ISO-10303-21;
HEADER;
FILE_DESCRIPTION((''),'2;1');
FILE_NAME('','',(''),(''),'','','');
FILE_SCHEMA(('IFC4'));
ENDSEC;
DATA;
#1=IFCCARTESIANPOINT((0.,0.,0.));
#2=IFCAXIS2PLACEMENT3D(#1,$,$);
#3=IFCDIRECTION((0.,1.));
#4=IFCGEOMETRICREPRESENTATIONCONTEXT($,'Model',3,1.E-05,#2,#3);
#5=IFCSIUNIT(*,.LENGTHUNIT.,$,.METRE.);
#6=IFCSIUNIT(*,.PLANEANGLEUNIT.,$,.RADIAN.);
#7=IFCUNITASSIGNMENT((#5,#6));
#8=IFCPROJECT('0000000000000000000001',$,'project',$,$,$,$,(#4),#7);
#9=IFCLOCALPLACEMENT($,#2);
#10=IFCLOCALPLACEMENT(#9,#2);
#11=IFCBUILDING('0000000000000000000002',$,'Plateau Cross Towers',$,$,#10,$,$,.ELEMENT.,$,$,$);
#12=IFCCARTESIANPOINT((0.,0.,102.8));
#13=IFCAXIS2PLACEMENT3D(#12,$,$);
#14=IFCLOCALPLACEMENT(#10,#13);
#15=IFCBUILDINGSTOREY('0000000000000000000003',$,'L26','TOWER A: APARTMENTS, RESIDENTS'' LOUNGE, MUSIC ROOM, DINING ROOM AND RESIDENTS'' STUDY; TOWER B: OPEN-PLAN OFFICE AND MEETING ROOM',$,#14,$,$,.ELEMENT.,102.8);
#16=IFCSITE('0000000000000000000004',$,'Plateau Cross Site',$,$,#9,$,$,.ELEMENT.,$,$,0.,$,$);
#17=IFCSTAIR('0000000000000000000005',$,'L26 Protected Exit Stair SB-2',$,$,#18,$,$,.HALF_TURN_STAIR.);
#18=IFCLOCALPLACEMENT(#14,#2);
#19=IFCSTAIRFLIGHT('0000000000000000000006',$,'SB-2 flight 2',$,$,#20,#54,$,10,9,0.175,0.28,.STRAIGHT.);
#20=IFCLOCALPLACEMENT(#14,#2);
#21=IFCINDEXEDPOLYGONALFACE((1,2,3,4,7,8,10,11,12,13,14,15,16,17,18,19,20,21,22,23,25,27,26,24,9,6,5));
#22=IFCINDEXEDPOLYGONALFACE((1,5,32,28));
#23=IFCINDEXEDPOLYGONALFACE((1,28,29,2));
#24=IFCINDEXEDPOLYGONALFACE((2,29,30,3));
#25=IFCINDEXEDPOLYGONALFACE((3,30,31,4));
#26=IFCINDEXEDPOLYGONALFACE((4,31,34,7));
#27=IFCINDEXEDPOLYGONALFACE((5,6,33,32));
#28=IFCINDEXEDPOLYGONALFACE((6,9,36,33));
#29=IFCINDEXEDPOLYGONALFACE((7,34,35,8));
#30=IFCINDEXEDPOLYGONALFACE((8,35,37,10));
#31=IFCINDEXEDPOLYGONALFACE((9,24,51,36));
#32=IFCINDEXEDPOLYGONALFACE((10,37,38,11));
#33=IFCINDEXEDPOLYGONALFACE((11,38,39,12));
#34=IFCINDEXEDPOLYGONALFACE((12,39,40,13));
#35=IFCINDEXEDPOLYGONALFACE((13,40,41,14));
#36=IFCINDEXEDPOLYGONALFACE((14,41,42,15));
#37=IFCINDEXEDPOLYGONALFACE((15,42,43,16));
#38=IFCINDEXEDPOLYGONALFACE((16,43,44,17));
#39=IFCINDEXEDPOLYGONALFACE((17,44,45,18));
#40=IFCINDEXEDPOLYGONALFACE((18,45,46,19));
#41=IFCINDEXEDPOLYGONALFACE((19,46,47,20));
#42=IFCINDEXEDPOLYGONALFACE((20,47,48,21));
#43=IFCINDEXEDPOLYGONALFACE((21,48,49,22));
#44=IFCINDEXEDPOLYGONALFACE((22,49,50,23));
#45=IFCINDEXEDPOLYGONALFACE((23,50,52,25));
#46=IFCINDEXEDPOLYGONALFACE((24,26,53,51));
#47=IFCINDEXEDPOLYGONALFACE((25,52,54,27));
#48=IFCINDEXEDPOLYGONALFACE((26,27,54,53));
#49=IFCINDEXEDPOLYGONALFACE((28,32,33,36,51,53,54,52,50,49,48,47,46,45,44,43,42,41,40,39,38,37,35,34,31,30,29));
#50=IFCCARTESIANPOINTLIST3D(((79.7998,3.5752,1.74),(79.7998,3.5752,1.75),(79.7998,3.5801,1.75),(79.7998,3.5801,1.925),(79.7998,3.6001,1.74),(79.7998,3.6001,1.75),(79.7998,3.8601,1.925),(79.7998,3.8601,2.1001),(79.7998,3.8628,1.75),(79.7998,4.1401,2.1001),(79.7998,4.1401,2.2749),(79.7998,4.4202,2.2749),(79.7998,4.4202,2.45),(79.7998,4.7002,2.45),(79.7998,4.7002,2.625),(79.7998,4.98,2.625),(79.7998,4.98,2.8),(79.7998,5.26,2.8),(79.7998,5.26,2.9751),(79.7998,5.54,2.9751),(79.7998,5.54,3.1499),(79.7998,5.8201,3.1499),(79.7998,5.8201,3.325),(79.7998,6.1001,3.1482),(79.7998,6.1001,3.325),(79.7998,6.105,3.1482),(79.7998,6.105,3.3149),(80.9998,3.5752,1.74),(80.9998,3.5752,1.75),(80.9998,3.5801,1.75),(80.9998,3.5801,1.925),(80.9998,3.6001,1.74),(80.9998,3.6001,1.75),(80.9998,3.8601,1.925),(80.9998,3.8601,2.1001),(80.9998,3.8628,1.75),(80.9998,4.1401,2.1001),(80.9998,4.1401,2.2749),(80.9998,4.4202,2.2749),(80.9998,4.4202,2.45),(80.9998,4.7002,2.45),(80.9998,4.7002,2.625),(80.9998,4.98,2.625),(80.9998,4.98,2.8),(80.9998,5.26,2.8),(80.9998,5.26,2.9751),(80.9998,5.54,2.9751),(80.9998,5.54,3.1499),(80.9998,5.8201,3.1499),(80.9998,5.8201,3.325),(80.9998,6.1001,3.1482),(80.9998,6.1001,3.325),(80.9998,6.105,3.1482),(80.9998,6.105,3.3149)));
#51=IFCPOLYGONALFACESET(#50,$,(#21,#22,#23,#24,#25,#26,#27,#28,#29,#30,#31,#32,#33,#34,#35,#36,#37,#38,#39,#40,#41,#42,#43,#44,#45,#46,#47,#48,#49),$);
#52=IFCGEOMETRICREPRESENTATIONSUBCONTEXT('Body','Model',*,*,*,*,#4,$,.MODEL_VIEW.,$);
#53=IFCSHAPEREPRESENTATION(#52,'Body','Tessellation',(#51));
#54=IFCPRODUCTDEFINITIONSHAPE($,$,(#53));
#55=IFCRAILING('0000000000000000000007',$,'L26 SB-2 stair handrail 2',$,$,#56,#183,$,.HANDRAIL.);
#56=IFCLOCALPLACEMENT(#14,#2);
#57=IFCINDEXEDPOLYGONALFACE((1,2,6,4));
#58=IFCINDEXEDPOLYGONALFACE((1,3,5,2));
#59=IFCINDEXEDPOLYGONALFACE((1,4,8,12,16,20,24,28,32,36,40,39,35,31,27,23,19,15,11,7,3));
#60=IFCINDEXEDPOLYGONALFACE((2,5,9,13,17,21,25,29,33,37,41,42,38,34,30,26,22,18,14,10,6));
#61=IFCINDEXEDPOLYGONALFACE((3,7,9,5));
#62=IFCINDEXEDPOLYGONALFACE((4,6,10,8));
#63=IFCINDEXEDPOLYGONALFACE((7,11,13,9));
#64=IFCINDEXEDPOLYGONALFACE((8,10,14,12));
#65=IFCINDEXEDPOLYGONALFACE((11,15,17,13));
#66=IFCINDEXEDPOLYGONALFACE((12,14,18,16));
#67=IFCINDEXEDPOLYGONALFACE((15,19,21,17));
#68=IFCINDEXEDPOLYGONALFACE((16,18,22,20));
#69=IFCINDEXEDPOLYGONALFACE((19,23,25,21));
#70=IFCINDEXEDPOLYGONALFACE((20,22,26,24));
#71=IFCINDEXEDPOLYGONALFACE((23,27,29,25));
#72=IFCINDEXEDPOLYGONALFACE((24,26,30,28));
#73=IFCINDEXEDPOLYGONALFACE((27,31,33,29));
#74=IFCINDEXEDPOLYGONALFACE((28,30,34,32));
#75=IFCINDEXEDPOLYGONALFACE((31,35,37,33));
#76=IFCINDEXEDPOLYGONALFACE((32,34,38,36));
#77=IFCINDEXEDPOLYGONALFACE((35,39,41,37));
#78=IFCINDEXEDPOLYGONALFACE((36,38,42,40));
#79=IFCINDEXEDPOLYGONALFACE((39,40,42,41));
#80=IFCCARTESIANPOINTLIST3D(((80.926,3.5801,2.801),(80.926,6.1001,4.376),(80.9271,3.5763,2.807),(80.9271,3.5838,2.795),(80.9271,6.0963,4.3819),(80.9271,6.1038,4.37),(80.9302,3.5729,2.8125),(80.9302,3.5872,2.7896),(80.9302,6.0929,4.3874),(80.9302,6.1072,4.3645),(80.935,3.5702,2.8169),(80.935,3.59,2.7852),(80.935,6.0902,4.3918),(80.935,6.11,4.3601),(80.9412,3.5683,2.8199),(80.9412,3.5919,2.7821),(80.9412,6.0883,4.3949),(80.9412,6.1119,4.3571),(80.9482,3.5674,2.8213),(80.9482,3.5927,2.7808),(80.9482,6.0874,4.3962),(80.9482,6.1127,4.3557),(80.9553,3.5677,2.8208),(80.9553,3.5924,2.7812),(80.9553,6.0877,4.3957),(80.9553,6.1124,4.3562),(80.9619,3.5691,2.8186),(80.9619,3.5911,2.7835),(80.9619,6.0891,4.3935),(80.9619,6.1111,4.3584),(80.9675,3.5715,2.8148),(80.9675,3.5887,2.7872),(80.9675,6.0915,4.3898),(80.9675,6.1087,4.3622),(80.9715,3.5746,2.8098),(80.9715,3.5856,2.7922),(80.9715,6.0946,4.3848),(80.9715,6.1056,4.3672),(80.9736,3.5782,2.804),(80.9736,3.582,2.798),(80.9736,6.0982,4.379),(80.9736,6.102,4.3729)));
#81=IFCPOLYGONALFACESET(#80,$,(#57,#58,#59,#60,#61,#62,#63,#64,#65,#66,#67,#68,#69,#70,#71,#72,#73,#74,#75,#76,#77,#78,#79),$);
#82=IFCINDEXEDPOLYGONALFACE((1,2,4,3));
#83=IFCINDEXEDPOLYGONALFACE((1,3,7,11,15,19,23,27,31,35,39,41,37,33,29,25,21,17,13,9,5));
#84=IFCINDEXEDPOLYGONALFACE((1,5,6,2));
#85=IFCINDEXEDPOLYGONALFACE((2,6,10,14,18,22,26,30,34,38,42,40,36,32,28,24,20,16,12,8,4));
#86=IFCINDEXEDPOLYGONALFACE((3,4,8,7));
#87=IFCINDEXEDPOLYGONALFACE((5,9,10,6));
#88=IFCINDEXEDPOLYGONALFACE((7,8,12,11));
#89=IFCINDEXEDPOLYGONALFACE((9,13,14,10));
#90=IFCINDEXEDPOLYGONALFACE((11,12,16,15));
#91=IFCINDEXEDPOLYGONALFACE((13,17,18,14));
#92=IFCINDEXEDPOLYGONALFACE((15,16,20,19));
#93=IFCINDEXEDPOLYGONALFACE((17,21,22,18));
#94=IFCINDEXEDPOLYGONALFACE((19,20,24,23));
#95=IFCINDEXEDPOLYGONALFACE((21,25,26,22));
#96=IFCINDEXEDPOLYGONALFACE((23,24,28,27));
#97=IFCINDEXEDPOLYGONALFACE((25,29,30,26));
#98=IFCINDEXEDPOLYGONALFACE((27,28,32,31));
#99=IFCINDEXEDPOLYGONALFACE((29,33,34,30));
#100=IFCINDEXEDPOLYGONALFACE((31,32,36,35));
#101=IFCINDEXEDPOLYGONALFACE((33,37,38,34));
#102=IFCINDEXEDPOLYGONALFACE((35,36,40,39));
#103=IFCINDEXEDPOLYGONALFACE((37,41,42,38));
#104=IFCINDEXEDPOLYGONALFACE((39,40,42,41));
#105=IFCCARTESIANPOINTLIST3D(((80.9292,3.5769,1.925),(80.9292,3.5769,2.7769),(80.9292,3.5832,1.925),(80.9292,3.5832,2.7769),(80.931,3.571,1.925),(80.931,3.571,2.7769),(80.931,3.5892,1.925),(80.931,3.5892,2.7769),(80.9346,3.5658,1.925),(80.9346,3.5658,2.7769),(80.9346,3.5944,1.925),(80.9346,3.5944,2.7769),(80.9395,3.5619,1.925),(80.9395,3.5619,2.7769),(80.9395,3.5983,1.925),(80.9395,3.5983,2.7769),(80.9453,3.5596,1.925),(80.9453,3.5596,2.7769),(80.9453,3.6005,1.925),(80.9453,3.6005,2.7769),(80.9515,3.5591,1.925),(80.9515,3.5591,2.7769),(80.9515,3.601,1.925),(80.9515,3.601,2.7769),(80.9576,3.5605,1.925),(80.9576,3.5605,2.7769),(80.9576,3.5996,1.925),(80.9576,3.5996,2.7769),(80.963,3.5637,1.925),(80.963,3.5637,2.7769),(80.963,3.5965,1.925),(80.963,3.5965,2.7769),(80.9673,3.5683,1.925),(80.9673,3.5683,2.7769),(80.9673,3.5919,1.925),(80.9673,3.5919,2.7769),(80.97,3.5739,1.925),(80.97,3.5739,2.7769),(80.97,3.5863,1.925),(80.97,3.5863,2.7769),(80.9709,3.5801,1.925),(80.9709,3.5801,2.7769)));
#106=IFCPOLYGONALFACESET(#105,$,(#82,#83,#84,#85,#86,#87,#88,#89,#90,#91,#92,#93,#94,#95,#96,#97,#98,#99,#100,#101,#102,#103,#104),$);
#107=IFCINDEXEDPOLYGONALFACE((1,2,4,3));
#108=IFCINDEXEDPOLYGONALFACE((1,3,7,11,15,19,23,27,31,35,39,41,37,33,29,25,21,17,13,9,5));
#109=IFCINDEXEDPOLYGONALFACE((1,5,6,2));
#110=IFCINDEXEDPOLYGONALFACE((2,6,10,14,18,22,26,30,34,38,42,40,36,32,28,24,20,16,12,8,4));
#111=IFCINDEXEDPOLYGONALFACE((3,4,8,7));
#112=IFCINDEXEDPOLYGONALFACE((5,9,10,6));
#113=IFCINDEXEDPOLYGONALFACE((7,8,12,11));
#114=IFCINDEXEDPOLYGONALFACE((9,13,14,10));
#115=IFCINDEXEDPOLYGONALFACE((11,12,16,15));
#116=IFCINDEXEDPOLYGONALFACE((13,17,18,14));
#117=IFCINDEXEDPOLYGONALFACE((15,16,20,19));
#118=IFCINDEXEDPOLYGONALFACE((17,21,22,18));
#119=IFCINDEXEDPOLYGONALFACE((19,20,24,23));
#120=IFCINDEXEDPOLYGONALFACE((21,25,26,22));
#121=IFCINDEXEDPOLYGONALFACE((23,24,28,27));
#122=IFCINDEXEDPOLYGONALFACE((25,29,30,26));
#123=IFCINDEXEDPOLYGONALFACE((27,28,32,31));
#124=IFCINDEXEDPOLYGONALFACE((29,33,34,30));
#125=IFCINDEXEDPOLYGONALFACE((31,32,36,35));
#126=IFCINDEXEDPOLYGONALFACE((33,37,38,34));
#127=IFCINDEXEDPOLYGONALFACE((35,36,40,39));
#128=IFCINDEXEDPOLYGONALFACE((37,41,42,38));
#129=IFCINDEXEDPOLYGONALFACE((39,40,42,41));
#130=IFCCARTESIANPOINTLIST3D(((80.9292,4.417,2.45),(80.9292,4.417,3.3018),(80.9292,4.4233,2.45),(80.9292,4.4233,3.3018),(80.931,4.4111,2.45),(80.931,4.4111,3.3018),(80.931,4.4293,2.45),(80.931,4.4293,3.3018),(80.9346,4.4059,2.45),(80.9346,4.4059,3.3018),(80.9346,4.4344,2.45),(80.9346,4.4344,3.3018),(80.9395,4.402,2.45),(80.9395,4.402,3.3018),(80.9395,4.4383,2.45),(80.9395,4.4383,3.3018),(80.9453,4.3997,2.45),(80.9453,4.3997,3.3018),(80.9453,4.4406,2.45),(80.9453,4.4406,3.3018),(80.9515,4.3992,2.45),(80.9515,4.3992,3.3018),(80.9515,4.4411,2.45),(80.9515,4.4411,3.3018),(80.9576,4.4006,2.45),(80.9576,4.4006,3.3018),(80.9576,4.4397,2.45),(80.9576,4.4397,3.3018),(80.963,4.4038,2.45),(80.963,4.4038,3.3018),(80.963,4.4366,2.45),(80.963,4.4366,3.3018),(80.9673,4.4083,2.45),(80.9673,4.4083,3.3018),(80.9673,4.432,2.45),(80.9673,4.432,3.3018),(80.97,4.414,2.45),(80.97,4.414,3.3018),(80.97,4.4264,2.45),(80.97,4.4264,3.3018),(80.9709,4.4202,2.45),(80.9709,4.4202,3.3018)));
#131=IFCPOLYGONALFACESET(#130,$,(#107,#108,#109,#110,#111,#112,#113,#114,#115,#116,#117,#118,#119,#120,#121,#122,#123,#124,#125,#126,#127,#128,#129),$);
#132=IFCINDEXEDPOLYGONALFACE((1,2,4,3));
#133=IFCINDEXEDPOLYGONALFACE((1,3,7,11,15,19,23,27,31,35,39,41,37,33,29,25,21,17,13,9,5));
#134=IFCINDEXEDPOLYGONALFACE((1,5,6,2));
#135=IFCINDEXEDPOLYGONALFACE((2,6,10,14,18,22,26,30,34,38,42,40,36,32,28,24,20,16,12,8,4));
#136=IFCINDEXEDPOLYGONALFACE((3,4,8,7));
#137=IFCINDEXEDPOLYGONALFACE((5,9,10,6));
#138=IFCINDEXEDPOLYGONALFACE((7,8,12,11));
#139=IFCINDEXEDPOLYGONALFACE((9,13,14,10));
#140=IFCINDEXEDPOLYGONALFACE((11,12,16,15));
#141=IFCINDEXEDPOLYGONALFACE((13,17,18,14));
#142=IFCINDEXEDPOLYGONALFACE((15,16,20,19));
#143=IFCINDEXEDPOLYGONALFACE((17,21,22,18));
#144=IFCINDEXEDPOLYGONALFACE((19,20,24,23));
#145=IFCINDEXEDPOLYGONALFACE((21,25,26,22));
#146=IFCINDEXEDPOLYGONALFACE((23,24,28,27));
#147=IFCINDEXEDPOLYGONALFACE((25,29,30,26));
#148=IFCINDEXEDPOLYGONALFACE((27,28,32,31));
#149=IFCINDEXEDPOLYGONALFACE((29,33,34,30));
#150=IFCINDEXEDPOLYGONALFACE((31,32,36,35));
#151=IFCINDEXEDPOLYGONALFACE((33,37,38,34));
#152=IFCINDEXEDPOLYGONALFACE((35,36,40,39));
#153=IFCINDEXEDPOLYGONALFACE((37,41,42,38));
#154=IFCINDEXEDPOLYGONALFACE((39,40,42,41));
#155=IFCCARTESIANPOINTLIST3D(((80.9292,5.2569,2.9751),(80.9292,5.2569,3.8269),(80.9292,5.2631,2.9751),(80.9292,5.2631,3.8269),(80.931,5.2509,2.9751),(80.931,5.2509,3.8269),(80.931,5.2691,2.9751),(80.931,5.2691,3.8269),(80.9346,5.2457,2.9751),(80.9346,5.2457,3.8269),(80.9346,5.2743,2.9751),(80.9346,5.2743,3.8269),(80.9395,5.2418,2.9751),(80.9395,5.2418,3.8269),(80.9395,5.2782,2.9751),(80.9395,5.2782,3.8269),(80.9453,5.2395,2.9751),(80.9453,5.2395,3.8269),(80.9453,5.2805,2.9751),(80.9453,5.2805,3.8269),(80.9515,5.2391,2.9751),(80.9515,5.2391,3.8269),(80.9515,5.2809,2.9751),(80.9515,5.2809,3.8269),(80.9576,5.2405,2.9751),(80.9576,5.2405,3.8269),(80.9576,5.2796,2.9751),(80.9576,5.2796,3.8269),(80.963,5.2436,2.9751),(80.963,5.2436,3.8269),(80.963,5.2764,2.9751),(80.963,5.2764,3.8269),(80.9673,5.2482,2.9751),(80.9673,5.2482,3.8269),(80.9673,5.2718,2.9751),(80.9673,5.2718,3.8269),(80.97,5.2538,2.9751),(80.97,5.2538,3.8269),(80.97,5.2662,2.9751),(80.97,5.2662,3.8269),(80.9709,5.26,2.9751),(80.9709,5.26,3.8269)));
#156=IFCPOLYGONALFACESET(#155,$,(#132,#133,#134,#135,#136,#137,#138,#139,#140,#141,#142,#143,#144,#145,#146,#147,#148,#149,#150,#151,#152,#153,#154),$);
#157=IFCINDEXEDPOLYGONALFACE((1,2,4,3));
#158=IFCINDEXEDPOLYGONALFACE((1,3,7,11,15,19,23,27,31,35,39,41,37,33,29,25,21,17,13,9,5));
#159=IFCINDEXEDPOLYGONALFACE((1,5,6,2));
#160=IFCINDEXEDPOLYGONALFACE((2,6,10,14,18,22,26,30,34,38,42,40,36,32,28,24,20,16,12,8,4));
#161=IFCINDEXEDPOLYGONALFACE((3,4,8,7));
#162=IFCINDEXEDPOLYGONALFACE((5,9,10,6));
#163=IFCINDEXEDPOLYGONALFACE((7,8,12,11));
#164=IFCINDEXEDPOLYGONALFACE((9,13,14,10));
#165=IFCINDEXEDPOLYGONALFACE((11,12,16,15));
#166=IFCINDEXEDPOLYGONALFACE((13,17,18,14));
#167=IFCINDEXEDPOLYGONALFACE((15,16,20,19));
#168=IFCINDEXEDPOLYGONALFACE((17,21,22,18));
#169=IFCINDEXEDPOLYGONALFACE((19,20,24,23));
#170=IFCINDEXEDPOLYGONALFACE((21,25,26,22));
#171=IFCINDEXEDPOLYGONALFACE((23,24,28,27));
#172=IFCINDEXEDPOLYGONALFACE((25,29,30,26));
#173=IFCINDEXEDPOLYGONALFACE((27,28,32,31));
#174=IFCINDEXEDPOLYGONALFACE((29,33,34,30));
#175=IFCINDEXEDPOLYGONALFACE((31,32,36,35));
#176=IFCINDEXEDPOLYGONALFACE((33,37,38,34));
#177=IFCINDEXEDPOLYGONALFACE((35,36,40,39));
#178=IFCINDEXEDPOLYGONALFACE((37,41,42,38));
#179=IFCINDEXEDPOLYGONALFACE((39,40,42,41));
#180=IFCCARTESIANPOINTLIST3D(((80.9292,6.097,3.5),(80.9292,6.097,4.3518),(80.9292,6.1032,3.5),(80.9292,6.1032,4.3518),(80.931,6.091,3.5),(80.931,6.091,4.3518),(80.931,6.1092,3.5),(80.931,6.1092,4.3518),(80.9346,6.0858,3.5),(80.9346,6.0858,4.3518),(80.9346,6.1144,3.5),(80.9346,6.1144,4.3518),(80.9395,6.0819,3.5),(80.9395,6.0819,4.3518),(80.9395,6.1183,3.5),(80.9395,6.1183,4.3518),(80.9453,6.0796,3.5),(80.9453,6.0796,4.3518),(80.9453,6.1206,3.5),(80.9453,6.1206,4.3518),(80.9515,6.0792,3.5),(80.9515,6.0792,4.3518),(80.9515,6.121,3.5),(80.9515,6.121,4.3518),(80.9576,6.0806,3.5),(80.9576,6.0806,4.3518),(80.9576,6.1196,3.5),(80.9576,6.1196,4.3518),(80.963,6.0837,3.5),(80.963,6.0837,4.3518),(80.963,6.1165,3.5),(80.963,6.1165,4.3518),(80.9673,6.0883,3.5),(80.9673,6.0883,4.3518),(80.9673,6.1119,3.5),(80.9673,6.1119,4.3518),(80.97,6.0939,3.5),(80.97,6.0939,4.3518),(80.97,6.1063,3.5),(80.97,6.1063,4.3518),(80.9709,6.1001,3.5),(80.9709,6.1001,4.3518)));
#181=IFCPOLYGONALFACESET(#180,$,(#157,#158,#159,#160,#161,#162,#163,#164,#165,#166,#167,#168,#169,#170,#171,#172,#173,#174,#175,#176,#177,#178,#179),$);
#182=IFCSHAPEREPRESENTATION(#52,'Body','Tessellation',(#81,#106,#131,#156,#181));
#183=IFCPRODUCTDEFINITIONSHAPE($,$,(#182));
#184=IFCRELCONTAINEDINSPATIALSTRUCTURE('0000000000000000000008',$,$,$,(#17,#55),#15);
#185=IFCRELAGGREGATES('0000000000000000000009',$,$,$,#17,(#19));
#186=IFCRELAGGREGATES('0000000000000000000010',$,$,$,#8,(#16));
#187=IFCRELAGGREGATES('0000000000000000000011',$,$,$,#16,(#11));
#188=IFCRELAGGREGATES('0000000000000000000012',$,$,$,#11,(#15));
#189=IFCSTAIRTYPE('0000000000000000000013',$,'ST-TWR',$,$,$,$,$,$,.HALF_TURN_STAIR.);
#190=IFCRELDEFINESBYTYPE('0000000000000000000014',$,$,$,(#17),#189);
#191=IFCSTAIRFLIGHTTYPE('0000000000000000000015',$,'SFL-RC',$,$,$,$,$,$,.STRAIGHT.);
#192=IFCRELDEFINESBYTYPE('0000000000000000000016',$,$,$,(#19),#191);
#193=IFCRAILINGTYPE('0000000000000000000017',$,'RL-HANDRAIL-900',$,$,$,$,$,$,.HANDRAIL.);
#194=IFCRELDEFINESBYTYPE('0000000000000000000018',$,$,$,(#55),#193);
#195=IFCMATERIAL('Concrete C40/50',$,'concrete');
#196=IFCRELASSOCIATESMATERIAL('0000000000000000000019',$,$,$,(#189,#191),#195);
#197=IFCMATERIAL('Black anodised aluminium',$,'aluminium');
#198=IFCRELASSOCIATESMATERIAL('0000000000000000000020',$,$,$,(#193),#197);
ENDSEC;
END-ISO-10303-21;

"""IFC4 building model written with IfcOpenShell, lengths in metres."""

from ifc_helpers import new_model, si_unit, direction, frame, origin, origin_2d, place, context, subcontext, project, spatial, polyline, circle, outline, extrude, material, type_object, element, aggregate, save


model = new_model("IFC4")

# Units and contexts
model_context = context("Model", 3, precision=1e-05, world=origin(), true_north=direction((0.0, 1.0)))
body_context = subcontext(model_context, "Body", "Model", "MODEL_VIEW")
ifc_project = project(units=[si_unit("LENGTHUNIT", "METRE"), si_unit("PLANEANGLEUNIT", "RADIAN")], contexts=[model_context])

# Site, building, storey
site_placement = place(None, origin())
site = spatial("IfcSite", under=ifc_project, at=site_placement, Name="Plateau Cross Site", CompositionType="ELEMENT", RefElevation=0.0)
building_placement = place(site_placement, origin())
building = spatial("IfcBuilding", under=site, at=building_placement, Name="Plateau Cross Towers", CompositionType="ELEMENT")
storey_placement = place(building_placement, frame((0.0, 0.0, 102.8)))
storey = spatial("IfcBuildingStorey", under=building, at=storey_placement, Name="L26", Description="TOWER A: APARTMENTS, RESIDENTS' LOUNGE, MUSIC ROOM, DINING ROOM AND RESIDENTS' STUDY; TOWER B: OPEN-PLAN OFFICE AND MEETING ROOM", CompositionType="ELEMENT", Elevation=102.8)

# Shared definitions
ifc_material_1 = material(Name="Black anodised aluminium", Category="aluminium")

# Stair, stair flight
ifc_material_2 = material(Name="Concrete C40/50", Category="concrete")
stair_type = type_object("IfcStairType", Name="ST-TWR", PredefinedType="HALF_TURN_STAIR", material=ifc_material_2)
stair_placement = place(storey_placement, origin())
stair = element("IfcStair", 1, at=stair_placement, inside=storey, type_object=stair_type, Name="L26 Protected Exit Stair SB-2", PredefinedType="HALF_TURN_STAIR")
stair_flight_type = type_object("IfcStairFlightType", Name="SFL-RC", PredefinedType="STRAIGHT", material=ifc_material_2)
stair_flight_placement = place(storey_placement, frame((80.3999, 3.5801, 1.75), z_axis=(0.0, 0.0, 1.0), x_axis=(0.0, 1.0, 0.0)))
stair_flight = element("IfcStairFlight", 2, at=stair_flight_placement, type_object=stair_flight_type, Name="SB-2 flight 2", NumberOfRisers=10, NumberOfTreads=9, PredefinedType="STRAIGHT", RiserHeight=0.175, TreadLength=0.28, context=body_context, shape_type="SweptSolid", body=[
    extrude(outline(polyline([(-0.0049, -0.01), (-0.0049, 0.0), (0.0, 0.0), (0.0, 0.175), (0.28, 0.175), (0.28, 0.3501), (0.5601, 0.3501), (0.5601, 0.5249), (0.8401, 0.5249), (0.8401, 0.7), (1.1201, 0.7), (1.1201, 0.875), (1.3999, 0.875), (1.3999, 1.05), (1.6799, 1.05), (1.6799, 1.2251), (1.96, 1.2251), (1.96, 1.3999), (2.24, 1.3999), (2.24, 1.575), (2.52, 1.575), (2.5249, 1.5649), (2.5249, 1.3982), (2.52, 1.3982), (0.2827, 0.0), (0.02, 0.0), (0.02, -0.01), (-0.0049, -0.01)])), frame((0.0, 0.6001, 0.0), z_axis=(0.0, -1.0, 0.0), x_axis=(1.0, 0.0, 0.0)), (0.0, 0.0, 1.0), 1.2),
])
aggregate(stair, [stair_flight])

# Railing
railing_type = type_object("IfcRailingType", Name="RL-HANDRAIL-900", PredefinedType="HANDRAIL", material=ifc_material_1)
railing_placement = place(storey_placement, frame((80.95, 3.5801, 1.925)))
element("IfcRailing", 3, at=railing_placement, inside=storey, type_object=railing_type, Name="L26 SB-2 stair handrail 2", PredefinedType="HANDRAIL", context=body_context, shape_type="SweptSolid", body=[
    extrude(circle(Radius=0.0239, at=origin_2d()), frame((0.0, 0.0, 0.876), z_axis=(0.0, 0.848008, 0.529984), x_axis=(-1.0, 0.0, 0.0)), (0.0, 0.0, 1.0), 2.9717),
    extrude(circle(Radius=0.021, at=origin_2d()), origin(), (0.0, 0.0, 1.0), 0.8518),
    extrude(circle(Radius=0.021, at=origin_2d()), frame((0.0, 0.8401, 0.5249)), (0.0, 0.0, 1.0), 0.8518),
    extrude(circle(Radius=0.021, at=origin_2d()), frame((0.0, 1.6799, 1.05)), (0.0, 0.0, 1.0), 0.8518),
    extrude(circle(Radius=0.021, at=origin_2d()), frame((0.0, 2.52, 1.575)), (0.0, 0.0, 1.0), 0.8518),
])

save(model, "model.ifc")
